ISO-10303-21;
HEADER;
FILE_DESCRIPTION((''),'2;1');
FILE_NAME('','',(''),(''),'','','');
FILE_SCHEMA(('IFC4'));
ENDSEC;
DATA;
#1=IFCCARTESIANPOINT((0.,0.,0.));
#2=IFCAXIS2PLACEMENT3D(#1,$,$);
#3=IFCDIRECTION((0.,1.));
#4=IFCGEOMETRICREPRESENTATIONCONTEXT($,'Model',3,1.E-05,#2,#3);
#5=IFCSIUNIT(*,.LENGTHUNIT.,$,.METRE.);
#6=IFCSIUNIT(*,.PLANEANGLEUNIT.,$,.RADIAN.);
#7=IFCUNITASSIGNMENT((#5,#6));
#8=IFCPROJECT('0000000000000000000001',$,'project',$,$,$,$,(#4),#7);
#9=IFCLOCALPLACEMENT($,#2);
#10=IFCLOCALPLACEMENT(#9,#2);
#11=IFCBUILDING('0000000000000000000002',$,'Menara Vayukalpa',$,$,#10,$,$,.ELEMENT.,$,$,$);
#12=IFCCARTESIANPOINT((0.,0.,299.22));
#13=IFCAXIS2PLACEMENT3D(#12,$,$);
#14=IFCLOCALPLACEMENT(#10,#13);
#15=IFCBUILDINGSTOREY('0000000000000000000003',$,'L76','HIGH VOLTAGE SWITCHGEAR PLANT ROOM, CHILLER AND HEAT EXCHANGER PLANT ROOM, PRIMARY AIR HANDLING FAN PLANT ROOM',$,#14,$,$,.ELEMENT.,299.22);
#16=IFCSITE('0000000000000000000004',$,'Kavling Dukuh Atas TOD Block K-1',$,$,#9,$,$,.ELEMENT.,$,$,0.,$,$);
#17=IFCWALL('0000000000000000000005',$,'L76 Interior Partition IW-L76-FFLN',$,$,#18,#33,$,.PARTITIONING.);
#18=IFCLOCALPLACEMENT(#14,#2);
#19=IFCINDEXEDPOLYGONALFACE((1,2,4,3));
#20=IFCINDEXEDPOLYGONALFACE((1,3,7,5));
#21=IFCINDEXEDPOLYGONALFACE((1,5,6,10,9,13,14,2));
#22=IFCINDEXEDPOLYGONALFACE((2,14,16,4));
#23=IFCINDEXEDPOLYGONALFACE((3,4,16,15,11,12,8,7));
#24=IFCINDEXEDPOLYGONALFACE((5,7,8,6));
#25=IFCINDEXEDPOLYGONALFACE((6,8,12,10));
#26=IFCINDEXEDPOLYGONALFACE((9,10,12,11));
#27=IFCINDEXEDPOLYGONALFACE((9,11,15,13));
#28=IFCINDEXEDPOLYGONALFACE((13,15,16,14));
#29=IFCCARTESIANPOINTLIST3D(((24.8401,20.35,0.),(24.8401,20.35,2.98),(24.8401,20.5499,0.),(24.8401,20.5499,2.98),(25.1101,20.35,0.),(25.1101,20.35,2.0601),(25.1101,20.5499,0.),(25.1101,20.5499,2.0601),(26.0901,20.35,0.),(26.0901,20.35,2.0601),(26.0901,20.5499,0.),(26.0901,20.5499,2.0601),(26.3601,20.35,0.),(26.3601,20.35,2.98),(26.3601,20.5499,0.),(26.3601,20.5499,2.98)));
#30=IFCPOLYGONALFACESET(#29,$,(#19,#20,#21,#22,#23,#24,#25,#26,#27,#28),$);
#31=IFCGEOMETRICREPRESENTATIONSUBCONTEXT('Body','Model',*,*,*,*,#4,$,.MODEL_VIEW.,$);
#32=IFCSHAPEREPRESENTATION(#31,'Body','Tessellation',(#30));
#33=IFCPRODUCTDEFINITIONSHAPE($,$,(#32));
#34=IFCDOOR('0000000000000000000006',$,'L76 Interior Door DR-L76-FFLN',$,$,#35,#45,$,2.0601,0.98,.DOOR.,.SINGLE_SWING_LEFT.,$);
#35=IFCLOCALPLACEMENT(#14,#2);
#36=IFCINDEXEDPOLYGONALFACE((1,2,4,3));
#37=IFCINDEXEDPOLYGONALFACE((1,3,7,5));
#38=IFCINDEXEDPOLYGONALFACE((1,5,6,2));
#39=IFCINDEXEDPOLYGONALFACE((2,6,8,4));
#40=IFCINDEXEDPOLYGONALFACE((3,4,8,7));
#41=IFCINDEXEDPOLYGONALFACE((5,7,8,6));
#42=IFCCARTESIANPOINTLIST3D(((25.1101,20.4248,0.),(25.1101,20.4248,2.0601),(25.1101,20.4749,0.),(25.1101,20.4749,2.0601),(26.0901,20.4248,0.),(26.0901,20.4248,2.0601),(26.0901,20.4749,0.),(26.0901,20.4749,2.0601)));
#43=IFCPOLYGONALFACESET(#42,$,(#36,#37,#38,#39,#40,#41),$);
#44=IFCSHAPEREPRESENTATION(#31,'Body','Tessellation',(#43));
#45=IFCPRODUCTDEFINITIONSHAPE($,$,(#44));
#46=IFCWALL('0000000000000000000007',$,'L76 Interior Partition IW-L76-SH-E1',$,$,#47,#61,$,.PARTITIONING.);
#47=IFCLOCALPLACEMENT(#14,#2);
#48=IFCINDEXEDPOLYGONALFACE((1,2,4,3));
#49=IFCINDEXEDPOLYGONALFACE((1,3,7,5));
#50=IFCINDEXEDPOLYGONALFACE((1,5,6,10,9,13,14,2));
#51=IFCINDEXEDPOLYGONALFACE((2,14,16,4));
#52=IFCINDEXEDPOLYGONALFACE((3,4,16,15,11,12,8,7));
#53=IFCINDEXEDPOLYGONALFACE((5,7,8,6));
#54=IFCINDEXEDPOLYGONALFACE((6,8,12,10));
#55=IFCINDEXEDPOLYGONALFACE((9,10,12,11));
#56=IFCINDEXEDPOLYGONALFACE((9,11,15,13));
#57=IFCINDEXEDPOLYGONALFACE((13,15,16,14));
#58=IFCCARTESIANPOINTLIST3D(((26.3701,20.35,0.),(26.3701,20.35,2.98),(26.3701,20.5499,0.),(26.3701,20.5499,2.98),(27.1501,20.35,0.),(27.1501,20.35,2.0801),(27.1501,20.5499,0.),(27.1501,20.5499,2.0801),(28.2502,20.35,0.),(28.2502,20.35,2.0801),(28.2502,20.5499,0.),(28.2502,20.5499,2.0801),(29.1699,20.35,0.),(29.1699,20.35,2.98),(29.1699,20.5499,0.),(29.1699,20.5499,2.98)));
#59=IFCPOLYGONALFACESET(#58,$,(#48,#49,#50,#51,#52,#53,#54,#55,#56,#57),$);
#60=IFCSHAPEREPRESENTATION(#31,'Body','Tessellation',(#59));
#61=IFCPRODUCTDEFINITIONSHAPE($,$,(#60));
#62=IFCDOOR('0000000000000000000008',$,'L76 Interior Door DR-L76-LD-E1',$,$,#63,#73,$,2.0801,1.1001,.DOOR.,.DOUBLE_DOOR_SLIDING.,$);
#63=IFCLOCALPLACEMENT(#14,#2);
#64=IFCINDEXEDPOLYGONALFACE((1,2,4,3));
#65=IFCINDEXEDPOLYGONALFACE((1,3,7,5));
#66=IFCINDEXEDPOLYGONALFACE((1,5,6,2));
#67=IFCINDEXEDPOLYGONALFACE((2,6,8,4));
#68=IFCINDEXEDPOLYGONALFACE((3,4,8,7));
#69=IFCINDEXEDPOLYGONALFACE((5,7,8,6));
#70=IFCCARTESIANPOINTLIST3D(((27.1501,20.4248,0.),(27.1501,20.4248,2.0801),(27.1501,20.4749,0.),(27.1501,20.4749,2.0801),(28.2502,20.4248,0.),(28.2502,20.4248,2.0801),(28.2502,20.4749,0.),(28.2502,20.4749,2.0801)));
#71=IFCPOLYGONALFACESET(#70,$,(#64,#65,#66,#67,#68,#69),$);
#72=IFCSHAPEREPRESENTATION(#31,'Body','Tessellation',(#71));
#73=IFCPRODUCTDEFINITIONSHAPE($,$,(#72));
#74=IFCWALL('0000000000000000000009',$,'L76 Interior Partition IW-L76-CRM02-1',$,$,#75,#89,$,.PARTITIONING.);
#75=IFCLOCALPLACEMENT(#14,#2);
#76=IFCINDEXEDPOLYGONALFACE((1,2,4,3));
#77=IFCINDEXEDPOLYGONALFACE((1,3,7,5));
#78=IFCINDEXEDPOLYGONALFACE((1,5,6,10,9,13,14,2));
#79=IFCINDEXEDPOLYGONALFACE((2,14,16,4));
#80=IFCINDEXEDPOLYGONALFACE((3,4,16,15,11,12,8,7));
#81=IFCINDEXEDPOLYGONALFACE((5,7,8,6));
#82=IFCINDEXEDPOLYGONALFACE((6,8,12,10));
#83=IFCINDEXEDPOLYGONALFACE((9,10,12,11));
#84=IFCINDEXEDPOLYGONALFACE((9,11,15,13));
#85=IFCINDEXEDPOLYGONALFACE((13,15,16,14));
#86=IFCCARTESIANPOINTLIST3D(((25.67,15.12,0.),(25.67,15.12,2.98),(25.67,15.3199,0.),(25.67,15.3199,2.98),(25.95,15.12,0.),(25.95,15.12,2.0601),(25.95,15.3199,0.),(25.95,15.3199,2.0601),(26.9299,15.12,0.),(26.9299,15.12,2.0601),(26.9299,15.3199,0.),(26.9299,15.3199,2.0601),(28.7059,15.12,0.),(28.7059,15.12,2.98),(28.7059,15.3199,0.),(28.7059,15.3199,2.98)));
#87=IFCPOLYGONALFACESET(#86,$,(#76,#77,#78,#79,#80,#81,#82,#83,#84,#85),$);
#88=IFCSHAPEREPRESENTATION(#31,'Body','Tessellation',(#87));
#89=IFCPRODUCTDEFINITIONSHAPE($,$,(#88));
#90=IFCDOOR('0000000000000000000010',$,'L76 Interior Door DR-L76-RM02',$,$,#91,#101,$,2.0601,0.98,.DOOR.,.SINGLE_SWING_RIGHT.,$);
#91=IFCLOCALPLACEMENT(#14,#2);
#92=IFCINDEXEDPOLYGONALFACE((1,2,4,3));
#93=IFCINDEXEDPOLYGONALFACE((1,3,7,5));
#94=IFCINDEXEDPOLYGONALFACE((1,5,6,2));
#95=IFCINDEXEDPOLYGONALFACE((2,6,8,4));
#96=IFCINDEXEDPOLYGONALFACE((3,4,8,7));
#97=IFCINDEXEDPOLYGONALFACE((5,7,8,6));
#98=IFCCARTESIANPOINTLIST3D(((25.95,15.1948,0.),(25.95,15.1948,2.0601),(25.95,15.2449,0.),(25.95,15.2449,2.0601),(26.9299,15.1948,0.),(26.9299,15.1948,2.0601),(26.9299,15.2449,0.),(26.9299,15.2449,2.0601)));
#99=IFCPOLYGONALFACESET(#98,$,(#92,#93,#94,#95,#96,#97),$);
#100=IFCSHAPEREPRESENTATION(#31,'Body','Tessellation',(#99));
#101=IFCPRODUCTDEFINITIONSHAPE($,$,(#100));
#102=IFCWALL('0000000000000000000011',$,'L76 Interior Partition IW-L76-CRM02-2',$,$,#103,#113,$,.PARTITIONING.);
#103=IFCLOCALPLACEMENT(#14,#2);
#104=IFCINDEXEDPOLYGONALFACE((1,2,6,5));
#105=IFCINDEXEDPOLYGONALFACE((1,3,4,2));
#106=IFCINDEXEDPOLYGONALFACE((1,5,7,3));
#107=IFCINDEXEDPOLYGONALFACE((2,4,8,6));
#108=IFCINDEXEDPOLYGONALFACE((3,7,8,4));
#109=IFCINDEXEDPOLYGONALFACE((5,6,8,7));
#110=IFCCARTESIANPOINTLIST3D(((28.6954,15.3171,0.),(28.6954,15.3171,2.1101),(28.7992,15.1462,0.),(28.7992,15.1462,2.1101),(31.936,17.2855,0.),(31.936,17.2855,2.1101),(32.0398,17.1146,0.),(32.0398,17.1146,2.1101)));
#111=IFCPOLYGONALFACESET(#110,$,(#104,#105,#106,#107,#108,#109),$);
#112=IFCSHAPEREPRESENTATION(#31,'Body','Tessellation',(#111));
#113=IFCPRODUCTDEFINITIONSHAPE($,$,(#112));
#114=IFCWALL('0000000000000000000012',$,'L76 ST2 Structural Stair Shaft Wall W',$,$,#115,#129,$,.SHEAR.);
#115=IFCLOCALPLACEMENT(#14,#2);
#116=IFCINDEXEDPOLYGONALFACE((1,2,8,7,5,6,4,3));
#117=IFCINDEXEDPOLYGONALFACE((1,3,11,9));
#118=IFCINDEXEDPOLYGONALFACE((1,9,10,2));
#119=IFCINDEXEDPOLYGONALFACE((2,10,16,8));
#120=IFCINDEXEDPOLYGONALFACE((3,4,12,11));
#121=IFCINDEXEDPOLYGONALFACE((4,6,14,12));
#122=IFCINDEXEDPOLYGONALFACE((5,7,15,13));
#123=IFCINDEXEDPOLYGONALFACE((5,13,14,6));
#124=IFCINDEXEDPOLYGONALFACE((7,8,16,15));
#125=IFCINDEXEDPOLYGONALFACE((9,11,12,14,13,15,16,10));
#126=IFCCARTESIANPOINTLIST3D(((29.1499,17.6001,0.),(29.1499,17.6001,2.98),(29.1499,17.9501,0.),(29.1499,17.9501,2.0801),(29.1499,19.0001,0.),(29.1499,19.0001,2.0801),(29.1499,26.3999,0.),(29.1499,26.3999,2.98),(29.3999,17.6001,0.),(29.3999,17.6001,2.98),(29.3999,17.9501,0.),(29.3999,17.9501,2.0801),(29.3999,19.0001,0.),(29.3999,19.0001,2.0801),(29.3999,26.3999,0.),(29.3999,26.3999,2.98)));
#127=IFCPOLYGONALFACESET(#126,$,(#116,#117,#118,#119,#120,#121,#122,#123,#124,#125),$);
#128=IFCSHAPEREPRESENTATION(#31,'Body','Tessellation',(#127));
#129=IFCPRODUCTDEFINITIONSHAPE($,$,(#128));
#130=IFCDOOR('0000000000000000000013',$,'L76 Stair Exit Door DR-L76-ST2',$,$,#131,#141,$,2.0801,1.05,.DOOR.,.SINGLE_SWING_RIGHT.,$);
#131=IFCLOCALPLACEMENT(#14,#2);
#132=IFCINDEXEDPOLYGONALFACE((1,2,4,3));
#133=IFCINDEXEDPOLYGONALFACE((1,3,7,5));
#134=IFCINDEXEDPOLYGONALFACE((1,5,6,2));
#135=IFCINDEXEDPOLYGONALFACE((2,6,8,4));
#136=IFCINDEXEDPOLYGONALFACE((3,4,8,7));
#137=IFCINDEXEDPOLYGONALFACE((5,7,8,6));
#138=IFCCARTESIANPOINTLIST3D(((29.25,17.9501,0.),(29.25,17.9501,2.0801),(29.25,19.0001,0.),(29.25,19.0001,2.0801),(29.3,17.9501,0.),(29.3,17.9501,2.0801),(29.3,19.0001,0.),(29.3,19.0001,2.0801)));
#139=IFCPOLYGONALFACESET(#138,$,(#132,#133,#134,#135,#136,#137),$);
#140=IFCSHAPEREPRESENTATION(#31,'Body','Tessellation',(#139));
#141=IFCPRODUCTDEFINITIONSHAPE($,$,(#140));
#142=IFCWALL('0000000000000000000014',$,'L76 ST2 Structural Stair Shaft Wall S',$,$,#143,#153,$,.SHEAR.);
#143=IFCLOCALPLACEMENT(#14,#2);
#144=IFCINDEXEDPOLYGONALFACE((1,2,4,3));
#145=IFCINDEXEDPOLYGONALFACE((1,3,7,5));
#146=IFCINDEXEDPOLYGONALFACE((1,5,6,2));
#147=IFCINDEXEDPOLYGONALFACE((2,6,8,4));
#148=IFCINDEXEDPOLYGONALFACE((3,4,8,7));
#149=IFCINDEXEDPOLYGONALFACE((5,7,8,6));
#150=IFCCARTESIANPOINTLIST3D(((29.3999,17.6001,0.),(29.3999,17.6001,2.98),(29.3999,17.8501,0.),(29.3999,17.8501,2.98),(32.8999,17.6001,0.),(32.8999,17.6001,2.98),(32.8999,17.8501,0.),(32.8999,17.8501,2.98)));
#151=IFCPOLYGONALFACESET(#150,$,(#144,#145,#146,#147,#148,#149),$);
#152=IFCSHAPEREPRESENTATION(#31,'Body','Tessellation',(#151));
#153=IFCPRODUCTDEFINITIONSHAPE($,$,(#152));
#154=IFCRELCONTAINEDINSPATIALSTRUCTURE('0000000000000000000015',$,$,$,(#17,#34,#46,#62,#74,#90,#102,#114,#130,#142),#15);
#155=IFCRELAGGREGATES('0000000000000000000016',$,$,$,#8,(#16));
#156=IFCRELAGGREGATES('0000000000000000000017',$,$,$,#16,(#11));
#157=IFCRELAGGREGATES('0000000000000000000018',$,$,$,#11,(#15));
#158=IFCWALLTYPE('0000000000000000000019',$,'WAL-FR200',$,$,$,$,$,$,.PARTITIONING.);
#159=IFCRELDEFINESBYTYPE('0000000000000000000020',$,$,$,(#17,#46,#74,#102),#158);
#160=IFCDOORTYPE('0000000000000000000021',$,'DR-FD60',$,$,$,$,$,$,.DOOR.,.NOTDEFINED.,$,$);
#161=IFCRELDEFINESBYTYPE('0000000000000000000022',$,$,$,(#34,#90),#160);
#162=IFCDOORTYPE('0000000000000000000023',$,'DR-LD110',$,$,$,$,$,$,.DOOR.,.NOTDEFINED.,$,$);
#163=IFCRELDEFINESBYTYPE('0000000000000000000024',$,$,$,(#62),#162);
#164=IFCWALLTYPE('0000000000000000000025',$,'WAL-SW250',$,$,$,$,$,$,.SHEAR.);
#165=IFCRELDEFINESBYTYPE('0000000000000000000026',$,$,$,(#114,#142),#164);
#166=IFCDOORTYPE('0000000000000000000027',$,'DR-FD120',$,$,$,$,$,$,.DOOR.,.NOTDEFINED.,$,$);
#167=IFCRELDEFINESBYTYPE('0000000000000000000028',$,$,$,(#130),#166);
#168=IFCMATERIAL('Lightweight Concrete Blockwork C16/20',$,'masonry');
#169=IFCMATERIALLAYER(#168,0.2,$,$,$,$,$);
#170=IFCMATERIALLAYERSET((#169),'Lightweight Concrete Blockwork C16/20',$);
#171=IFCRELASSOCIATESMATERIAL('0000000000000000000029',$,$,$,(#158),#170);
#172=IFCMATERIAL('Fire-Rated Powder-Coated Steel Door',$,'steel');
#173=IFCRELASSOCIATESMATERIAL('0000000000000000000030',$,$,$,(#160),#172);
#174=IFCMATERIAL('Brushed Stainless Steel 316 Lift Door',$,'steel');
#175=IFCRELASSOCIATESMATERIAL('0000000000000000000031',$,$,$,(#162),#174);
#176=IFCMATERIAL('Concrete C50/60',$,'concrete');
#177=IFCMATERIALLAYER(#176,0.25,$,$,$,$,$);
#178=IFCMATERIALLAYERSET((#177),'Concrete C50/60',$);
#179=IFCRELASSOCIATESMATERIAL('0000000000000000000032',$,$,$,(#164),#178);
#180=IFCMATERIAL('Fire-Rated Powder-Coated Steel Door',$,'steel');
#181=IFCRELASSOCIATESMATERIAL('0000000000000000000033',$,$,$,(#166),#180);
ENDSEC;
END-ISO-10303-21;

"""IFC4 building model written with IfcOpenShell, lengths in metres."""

from ifc_helpers import new_model, si_unit, direction, frame, frame_2d, origin, place, context, subcontext, project, spatial, rectangle, extrude, material, layer, layer_set, type_object, element, fill, save


model = new_model("IFC4")

# Units and contexts
model_context = context("Model", 3, precision=1e-05, world=origin(), true_north=direction((0.0, 1.0)))
body_context = subcontext(model_context, "Body", "Model", "MODEL_VIEW")
ifc_project = project(units=[si_unit("LENGTHUNIT", "METRE"), si_unit("PLANEANGLEUNIT", "RADIAN")], contexts=[model_context])

# Site, building, storey
site_placement = place(None, origin())
site = spatial("IfcSite", under=ifc_project, at=site_placement, Name="Kavling Dukuh Atas TOD Block K-1", CompositionType="ELEMENT", RefElevation=0.0)
building_placement = place(site_placement, origin())
building = spatial("IfcBuilding", under=site, at=building_placement, Name="Menara Vayukalpa", CompositionType="ELEMENT")
storey_placement = place(building_placement, frame((0.0, 0.0, 299.22)))
storey = spatial("IfcBuildingStorey", under=building, at=storey_placement, Name="L76", Description="HIGH VOLTAGE SWITCHGEAR PLANT ROOM, CHILLER AND HEAT EXCHANGER PLANT ROOM, PRIMARY AIR HANDLING FAN PLANT ROOM", CompositionType="ELEMENT", Elevation=299.22)

# Walls, openings, doors
ifc_material_1 = material(Name="Lightweight Concrete Blockwork C16/20", Category="masonry")
ifc_layer_1 = layer(ifc_material_1, 0.2)
ifc_layer_set_1 = layer_set([ifc_layer_1], Name="Lightweight Concrete Blockwork C16/20")
wall_type_1 = type_object("IfcWallType", Name="WAL-FR200", PredefinedType="PARTITIONING", material=ifc_layer_set_1)
wall_1_placement = place(storey_placement, frame((24.8401, 20.45, 0.0), z_axis=(0.0, 0.0, 1.0), x_axis=(1.0, 0.0, 0.0)))
wall_1 = element("IfcWall", 1, at=wall_1_placement, inside=storey, type_object=wall_type_1, Name="L76 Interior Partition IW-L76-FFLN", PredefinedType="PARTITIONING", context=body_context, shape_type="SweptSolid", body=[
    extrude(rectangle(XDim=1.52, YDim=0.2, at=frame_2d((0.76, 0.0))), origin(), (0.0, 0.0, 1.0), 2.98),
])
opening_1_placement = place(wall_1_placement, frame((0.27, 0.0, 0.0)))
opening_1 = element("IfcOpeningElement", 2, at=opening_1_placement, cuts=wall_1, PredefinedType="OPENING", context=body_context, shape_type="SweptSolid", body=[
    extrude(rectangle(XDim=0.98, YDim=2.0601, at=frame_2d((0.49, 1.03))), frame((0.0, 0.1099, 0.0), z_axis=(0.0, -1.0, 0.0), x_axis=(1.0, 0.0, 0.0)), (0.0, 0.0, 1.0), 0.22),
])
ifc_material_2 = material(Name="Fire-Rated Powder-Coated Steel Door", Category="steel")
door_type_1 = type_object("IfcDoorType", Name="DR-FD60", OperationType="NOTDEFINED", PredefinedType="DOOR", material=ifc_material_2)
door_1_placement = place(opening_1_placement, origin())
door_1 = element("IfcDoor", 3, at=door_1_placement, inside=storey, type_object=door_type_1, Name="L76 Interior Door DR-L76-FFLN", OperationType="SINGLE_SWING_LEFT", OverallHeight=2.0601, OverallWidth=0.98, PredefinedType="DOOR", context=body_context, shape_type="SweptSolid", body=[
    extrude(rectangle(XDim=0.98, YDim=2.0601, at=frame_2d((0.49, 1.03))), frame((0.0, 0.0249, 0.0), z_axis=(0.0, -1.0, 0.0), x_axis=(1.0, 0.0, 0.0)), (0.0, 0.0, 1.0), 0.05),
])
fill(opening_1, door_1)
wall_2_placement = place(storey_placement, frame((26.3701, 20.45, 0.0), z_axis=(0.0, 0.0, 1.0), x_axis=(1.0, 0.0, 0.0)))
wall_2 = element("IfcWall", 4, at=wall_2_placement, inside=storey, type_object=wall_type_1, Name="L76 Interior Partition IW-L76-SH-E1", PredefinedType="PARTITIONING", context=body_context, shape_type="SweptSolid", body=[
    extrude(rectangle(XDim=2.7998, YDim=0.2, at=frame_2d((1.3999, 0.0))), origin(), (0.0, 0.0, 1.0), 2.98),
])
opening_2_placement = place(wall_2_placement, frame((0.78, 0.0, 0.0)))
opening_2 = element("IfcOpeningElement", 5, at=opening_2_placement, cuts=wall_2, PredefinedType="OPENING", context=body_context, shape_type="SweptSolid", body=[
    extrude(rectangle(XDim=1.1001, YDim=2.0801, at=frame_2d((0.55, 1.04))), frame((0.0, 0.1099, 0.0), z_axis=(0.0, -1.0, 0.0), x_axis=(1.0, 0.0, 0.0)), (0.0, 0.0, 1.0), 0.22),
])
ifc_material_3 = material(Name="Brushed Stainless Steel 316 Lift Door", Category="steel")
door_type_2 = type_object("IfcDoorType", Name="DR-LD110", OperationType="NOTDEFINED", PredefinedType="DOOR", material=ifc_material_3)
door_2_placement = place(opening_2_placement, origin())
door_2 = element("IfcDoor", 6, at=door_2_placement, inside=storey, type_object=door_type_2, Name="L76 Interior Door DR-L76-LD-E1", OperationType="DOUBLE_DOOR_SLIDING", OverallHeight=2.0801, OverallWidth=1.1001, PredefinedType="DOOR", context=body_context, shape_type="SweptSolid", body=[
    extrude(rectangle(XDim=1.1001, YDim=2.0801, at=frame_2d((0.55, 1.04))), frame((0.0, 0.0249, 0.0), z_axis=(0.0, -1.0, 0.0), x_axis=(1.0, 0.0, 0.0)), (0.0, 0.0, 1.0), 0.05),
])
fill(opening_2, door_2)
wall_3_placement = place(storey_placement, frame((25.6699, 15.22, 0.0), z_axis=(0.0, 0.0, 1.0), x_axis=(1.0, 0.0, 0.0)))
wall_3 = element("IfcWall", 7, at=wall_3_placement, inside=storey, type_object=wall_type_1, Name="L76 Interior Partition IW-L76-CRM02-1", PredefinedType="PARTITIONING", context=body_context, shape_type="SweptSolid", body=[
    extrude(rectangle(XDim=3.0359, YDim=0.2, at=frame_2d((1.5181, 0.0))), origin(), (0.0, 0.0, 1.0), 2.98),
])
opening_3_placement = place(wall_3_placement, frame((0.28, 0.0, 0.0)))
opening_3 = element("IfcOpeningElement", 8, at=opening_3_placement, cuts=wall_3, PredefinedType="OPENING", context=body_context, shape_type="SweptSolid", body=[
    extrude(rectangle(XDim=0.98, YDim=2.0601, at=frame_2d((0.49, 1.03))), frame((0.0, 0.1099, 0.0), z_axis=(0.0, -1.0, 0.0), x_axis=(1.0, 0.0, 0.0)), (0.0, 0.0, 1.0), 0.22),
])
door_3_placement = place(opening_3_placement, origin())
door_3 = element("IfcDoor", 9, at=door_3_placement, inside=storey, type_object=door_type_1, Name="L76 Interior Door DR-L76-RM02", OperationType="SINGLE_SWING_RIGHT", OverallHeight=2.0601, OverallWidth=0.98, PredefinedType="DOOR", context=body_context, shape_type="SweptSolid", body=[
    extrude(rectangle(XDim=0.98, YDim=2.0601, at=frame_2d((0.49, 1.03))), frame((0.0, 0.0249, 0.0), z_axis=(0.0, -1.0, 0.0), x_axis=(1.0, 0.0, 0.0)), (0.0, 0.0, 1.0), 0.05),
])
fill(opening_3, door_3)

# Wall
wall_4_placement = place(storey_placement, frame((28.7473, 15.2317, 0.0), z_axis=(0.0, 0.0, 1.0), x_axis=(0.854691, 0.519138, 0.0)))
element("IfcWall", 10, at=wall_4_placement, inside=storey, type_object=wall_type_1, Name="L76 Interior Partition IW-L76-CRM02-2", PredefinedType="PARTITIONING", context=body_context, shape_type="SweptSolid", body=[
    extrude(rectangle(XDim=3.7915, YDim=0.2, at=frame_2d((1.8958, 0.0))), origin(), (0.0, 0.0, 1.0), 2.1101),
])

# Wall, opening, door
ifc_material_4 = material(Name="Concrete C50/60", Category="concrete")
ifc_layer_2 = layer(ifc_material_4, 0.25)
ifc_layer_set_2 = layer_set([ifc_layer_2], Name="Concrete C50/60")
wall_type_2 = type_object("IfcWallType", Name="WAL-SW250", PredefinedType="SHEAR", material=ifc_layer_set_2)
wall_5_placement = place(storey_placement, frame((29.2749, 17.6001, 0.0), z_axis=(0.0, 0.0, 1.0), x_axis=(0.0, 1.0, 0.0)))
wall_5 = element("IfcWall", 11, at=wall_5_placement, inside=storey, type_object=wall_type_2, Name="L76 ST2 Structural Stair Shaft Wall W", PredefinedType="SHEAR", context=body_context, shape_type="SweptSolid", body=[
    extrude(rectangle(XDim=8.7998, YDim=0.25, at=frame_2d((4.3999, 0.0))), origin(), (0.0, 0.0, 1.0), 2.98),
])
opening_4_placement = place(wall_5_placement, frame((0.3501, 0.0, 0.0)))
opening_4 = element("IfcOpeningElement", 12, at=opening_4_placement, cuts=wall_5, PredefinedType="OPENING", context=body_context, shape_type="SweptSolid", body=[
    extrude(rectangle(XDim=1.05, YDim=2.0801, at=frame_2d((0.5249, 1.04))), frame((0.0, 0.135, 0.0), z_axis=(0.0, -1.0, 0.0), x_axis=(1.0, 0.0, 0.0)), (0.0, 0.0, 1.0), 0.27),
])
ifc_material_5 = material(Name="Fire-Rated Powder-Coated Steel Door", Category="steel")
door_type_3 = type_object("IfcDoorType", Name="DR-FD120", OperationType="NOTDEFINED", PredefinedType="DOOR", material=ifc_material_5)
door_4_placement = place(opening_4_placement, origin())
door_4 = element("IfcDoor", 13, at=door_4_placement, inside=storey, type_object=door_type_3, Name="L76 Stair Exit Door DR-L76-ST2", OperationType="SINGLE_SWING_RIGHT", OverallHeight=2.0801, OverallWidth=1.05, PredefinedType="DOOR", context=body_context, shape_type="SweptSolid", body=[
    extrude(rectangle(XDim=1.05, YDim=2.0801, at=frame_2d((0.5249, 1.04))), frame((0.0, 0.0249, 0.0), z_axis=(0.0, -1.0, 0.0), x_axis=(1.0, 0.0, 0.0)), (0.0, 0.0, 1.0), 0.05),
])
fill(opening_4, door_4)

# Wall
wall_6_placement = place(storey_placement, frame((29.3999, 17.7251, 0.0), z_axis=(0.0, 0.0, 1.0), x_axis=(1.0, 0.0, 0.0)))
element("IfcWall", 14, at=wall_6_placement, inside=storey, type_object=wall_type_2, Name="L76 ST2 Structural Stair Shaft Wall S", PredefinedType="SHEAR", context=body_context, shape_type="SweptSolid", body=[
    extrude(rectangle(XDim=3.5, YDim=0.25, at=frame_2d((1.75, 0.0))), origin(), (0.0, 0.0, 1.0), 2.98),
])

save(model, "model.ifc")
